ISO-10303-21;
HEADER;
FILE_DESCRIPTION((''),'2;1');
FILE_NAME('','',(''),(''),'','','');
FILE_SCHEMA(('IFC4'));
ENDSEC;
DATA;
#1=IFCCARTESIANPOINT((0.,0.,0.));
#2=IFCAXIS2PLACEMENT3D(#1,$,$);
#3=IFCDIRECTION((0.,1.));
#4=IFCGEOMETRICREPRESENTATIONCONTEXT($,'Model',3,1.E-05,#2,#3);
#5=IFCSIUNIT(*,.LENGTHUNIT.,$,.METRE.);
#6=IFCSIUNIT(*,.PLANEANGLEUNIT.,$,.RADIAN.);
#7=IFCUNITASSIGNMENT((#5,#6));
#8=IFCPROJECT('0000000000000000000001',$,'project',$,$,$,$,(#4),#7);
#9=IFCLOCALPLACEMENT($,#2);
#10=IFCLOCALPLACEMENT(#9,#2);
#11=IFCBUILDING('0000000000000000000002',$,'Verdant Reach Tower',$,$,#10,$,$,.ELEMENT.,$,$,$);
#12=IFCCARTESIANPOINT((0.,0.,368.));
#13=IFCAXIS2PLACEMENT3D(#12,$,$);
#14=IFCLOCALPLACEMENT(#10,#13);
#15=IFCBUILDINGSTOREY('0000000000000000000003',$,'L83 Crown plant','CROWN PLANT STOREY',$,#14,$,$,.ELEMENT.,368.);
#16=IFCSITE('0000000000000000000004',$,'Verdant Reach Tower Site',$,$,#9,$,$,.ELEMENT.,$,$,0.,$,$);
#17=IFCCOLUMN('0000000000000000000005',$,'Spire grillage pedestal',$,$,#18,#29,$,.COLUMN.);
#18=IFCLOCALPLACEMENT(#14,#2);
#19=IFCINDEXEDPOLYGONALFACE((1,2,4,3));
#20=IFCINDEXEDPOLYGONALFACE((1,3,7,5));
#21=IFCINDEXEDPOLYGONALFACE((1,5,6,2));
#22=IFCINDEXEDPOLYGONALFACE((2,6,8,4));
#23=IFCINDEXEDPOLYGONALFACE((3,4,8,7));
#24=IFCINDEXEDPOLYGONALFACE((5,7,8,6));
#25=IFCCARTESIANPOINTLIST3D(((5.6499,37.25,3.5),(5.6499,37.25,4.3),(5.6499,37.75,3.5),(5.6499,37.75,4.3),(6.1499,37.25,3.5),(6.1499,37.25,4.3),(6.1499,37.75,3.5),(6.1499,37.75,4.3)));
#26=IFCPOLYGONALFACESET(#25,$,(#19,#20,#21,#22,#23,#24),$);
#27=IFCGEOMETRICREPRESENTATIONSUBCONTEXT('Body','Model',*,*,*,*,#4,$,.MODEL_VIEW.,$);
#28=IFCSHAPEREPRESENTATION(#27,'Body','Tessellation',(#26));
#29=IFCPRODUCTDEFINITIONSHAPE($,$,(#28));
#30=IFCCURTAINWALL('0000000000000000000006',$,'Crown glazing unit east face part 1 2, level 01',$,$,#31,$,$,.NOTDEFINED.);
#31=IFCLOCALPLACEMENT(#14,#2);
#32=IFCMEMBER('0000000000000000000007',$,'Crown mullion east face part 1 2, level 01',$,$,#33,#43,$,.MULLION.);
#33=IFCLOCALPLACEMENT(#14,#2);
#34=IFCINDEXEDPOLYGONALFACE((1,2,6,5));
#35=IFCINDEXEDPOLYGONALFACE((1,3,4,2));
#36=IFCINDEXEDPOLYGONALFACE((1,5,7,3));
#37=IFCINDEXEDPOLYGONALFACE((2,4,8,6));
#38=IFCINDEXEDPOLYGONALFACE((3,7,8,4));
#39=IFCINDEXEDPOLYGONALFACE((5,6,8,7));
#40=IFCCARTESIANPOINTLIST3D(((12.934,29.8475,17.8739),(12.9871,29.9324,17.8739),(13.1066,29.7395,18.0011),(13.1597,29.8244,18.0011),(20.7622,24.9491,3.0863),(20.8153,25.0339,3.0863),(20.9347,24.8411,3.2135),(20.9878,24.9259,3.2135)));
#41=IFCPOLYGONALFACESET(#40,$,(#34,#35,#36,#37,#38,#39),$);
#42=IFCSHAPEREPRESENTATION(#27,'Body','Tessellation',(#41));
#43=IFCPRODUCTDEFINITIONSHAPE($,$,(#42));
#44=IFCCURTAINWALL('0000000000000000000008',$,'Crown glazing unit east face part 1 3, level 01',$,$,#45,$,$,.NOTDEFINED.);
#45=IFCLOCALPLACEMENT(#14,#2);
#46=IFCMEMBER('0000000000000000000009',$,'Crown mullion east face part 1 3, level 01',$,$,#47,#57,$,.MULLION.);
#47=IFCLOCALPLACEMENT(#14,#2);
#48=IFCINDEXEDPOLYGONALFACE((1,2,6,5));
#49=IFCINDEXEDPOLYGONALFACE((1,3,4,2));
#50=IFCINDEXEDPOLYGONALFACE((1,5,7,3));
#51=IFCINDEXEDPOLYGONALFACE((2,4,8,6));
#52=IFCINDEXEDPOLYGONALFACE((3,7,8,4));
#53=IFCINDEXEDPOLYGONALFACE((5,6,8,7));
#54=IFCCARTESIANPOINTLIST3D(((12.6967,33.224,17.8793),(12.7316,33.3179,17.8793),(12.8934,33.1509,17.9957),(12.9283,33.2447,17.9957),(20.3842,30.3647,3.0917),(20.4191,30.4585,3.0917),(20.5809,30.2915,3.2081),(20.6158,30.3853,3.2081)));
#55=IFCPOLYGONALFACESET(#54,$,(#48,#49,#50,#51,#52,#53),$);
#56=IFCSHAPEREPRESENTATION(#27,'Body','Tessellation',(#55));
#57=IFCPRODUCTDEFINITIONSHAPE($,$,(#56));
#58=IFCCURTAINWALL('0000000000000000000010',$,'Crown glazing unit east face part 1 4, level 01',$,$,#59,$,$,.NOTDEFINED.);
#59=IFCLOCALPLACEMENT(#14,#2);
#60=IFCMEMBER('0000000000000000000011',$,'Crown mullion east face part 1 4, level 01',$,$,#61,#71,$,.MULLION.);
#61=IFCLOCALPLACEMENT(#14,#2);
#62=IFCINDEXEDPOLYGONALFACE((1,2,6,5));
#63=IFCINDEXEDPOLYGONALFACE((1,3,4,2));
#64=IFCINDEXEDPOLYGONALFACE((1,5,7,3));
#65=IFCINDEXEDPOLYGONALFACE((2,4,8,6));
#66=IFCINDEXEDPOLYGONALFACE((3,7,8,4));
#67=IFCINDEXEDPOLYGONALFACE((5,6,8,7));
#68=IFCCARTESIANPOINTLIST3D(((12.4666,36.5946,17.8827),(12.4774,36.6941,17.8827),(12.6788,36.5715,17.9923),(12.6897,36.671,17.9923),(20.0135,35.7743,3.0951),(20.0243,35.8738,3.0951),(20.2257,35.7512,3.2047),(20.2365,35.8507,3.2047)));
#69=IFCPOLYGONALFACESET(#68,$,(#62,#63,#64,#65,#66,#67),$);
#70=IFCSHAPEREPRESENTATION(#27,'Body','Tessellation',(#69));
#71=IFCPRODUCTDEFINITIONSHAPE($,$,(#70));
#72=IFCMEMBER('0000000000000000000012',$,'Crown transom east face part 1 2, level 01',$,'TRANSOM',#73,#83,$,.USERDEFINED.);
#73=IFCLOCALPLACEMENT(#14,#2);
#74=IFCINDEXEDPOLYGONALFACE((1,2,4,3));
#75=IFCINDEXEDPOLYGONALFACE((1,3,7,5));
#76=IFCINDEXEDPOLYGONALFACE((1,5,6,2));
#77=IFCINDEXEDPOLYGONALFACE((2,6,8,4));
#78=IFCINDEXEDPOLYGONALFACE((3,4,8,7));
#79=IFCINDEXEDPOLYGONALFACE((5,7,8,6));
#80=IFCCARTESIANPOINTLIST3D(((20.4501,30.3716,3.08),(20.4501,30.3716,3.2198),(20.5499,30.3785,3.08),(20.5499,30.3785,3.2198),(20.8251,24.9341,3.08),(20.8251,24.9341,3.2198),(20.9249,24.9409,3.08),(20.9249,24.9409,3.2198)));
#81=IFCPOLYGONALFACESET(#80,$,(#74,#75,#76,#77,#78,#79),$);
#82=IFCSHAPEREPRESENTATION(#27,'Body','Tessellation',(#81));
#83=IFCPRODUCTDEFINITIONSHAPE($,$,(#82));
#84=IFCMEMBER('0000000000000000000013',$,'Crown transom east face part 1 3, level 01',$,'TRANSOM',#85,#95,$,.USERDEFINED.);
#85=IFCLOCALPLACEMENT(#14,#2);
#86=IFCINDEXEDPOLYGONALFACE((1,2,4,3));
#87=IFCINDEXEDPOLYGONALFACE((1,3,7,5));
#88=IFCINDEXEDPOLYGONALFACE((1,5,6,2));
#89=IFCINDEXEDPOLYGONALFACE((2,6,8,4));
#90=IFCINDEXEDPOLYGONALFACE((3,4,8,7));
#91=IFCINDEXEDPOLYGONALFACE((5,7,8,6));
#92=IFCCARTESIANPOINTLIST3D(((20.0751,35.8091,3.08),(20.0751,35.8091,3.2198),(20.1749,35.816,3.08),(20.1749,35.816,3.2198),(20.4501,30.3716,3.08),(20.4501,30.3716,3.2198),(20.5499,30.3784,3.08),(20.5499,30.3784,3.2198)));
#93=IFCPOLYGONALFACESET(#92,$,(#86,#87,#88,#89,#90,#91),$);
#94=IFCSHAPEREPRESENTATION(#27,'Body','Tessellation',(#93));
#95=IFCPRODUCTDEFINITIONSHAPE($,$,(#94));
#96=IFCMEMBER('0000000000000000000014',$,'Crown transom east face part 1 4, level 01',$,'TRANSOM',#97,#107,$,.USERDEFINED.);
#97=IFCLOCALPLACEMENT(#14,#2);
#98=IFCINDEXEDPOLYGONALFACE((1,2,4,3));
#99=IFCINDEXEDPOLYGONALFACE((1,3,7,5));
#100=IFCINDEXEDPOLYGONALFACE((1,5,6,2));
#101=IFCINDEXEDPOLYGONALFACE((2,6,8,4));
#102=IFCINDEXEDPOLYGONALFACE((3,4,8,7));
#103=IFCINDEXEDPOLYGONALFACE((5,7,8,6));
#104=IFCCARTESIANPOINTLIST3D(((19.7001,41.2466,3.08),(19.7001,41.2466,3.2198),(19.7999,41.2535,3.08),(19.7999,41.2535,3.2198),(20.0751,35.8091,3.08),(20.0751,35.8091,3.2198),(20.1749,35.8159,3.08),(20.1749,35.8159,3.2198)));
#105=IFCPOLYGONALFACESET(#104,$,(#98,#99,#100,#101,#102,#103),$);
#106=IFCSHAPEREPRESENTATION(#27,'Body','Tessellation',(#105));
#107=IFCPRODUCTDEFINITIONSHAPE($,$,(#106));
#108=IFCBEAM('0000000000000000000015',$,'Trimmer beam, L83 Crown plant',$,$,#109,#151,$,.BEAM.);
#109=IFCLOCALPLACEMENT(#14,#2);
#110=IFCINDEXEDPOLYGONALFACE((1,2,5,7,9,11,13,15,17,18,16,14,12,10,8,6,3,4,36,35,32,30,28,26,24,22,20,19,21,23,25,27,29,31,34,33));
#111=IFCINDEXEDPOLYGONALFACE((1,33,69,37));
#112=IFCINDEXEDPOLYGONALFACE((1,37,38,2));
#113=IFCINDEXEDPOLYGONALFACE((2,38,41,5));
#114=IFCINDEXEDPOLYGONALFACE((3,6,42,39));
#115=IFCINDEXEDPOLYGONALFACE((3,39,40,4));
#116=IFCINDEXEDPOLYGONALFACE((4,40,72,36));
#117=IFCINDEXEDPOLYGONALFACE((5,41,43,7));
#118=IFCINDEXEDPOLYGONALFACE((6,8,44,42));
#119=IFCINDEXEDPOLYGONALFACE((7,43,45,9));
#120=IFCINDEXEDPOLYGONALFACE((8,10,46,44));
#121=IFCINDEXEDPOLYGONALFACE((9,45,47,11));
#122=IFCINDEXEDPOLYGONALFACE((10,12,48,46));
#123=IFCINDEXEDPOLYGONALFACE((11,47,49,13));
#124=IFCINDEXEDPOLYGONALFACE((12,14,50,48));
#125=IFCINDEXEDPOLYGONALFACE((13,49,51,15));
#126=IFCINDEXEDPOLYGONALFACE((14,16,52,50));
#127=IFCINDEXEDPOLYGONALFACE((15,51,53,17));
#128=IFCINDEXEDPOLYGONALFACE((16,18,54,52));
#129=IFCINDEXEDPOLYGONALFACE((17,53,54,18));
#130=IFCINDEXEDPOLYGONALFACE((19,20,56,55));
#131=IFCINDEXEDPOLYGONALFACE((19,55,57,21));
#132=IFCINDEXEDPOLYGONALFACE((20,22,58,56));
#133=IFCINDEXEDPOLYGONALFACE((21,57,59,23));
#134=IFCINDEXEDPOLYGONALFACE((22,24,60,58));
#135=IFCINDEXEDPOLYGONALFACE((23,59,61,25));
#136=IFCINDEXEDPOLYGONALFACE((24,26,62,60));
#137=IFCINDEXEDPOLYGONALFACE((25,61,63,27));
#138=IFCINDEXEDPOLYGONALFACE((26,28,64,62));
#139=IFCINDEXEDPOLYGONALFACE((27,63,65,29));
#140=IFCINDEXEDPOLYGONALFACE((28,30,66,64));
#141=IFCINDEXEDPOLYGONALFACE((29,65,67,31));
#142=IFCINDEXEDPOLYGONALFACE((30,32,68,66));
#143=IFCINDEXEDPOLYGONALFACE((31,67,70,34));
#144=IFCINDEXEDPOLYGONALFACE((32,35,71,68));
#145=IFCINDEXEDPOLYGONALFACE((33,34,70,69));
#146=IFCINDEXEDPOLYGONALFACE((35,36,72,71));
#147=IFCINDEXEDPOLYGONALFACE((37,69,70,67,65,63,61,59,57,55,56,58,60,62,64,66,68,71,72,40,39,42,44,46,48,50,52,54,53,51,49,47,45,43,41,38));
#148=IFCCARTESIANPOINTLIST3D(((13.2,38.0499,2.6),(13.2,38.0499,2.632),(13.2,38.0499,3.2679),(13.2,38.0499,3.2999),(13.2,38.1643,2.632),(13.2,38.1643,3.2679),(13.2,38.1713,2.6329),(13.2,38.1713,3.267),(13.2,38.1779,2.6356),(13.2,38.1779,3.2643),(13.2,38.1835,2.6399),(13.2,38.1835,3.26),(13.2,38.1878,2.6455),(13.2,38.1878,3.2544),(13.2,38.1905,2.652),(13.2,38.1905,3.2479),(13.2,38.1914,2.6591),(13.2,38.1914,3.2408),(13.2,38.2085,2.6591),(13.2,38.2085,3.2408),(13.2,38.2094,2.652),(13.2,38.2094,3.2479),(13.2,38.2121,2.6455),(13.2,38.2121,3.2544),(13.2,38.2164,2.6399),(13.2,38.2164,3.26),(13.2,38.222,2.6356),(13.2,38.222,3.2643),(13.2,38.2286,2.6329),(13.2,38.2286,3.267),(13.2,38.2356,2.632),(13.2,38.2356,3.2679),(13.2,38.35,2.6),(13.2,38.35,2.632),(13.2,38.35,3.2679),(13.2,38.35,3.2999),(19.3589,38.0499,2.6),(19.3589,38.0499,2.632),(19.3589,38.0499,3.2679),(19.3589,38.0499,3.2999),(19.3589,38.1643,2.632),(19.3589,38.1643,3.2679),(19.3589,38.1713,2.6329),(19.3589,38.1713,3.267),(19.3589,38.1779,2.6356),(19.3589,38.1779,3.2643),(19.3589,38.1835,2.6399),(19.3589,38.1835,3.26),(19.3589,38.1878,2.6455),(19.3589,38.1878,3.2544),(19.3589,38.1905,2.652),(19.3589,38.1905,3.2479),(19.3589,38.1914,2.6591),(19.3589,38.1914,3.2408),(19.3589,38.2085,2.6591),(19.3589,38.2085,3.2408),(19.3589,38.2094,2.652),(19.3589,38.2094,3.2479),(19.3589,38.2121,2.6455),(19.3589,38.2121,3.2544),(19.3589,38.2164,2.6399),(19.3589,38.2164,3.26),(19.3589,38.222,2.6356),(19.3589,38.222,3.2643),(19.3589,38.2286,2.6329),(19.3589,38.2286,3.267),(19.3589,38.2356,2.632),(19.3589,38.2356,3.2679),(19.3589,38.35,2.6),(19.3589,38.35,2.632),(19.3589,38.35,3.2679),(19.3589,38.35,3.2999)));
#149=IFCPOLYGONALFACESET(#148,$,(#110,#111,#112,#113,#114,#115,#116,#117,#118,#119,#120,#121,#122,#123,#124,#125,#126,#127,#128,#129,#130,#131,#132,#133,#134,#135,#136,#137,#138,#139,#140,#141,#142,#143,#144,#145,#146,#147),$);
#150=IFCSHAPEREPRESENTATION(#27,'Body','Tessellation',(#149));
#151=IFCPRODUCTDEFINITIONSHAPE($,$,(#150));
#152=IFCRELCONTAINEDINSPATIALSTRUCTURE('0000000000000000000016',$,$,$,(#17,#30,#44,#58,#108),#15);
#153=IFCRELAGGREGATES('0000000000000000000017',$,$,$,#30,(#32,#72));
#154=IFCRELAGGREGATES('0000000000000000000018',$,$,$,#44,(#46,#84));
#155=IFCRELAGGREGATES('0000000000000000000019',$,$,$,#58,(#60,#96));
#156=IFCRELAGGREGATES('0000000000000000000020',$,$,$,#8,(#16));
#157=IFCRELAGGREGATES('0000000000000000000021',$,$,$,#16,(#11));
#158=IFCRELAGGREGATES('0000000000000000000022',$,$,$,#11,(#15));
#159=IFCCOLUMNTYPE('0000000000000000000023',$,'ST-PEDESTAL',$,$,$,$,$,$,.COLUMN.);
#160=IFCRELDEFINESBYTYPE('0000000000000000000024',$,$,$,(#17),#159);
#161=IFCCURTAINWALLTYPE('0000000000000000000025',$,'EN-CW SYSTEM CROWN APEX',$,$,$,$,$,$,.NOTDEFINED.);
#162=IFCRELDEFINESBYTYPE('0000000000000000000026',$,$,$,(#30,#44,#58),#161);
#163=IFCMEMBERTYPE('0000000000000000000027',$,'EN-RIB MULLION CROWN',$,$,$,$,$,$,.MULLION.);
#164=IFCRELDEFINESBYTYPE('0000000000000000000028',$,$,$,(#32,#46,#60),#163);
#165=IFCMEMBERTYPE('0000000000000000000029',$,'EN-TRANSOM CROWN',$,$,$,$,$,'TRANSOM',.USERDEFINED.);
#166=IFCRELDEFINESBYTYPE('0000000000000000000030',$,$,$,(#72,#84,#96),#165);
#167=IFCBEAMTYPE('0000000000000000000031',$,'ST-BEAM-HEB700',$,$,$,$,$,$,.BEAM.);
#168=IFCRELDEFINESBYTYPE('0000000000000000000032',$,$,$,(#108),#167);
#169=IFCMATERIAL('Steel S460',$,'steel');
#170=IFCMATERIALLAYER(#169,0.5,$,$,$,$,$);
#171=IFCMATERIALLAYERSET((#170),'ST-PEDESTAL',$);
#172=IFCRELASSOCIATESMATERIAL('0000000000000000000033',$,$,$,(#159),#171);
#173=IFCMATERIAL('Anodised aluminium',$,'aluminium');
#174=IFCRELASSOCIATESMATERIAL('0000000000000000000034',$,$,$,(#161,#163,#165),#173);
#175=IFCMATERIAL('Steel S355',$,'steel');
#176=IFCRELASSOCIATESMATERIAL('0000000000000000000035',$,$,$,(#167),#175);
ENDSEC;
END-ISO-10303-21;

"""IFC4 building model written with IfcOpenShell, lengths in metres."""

from ifc_helpers import new_model, si_unit, direction, frame, origin, origin_2d, place, context, subcontext, project, spatial, rectangle, i_section, extrude, material, layer, layer_set, material_profile, profile_set, type_object, element, aggregate, save


model = new_model("IFC4")

# Units and contexts
model_context = context("Model", 3, precision=1e-05, world=origin(), true_north=direction((0.0, 1.0)))
body_context = subcontext(model_context, "Body", "Model", "MODEL_VIEW")
ifc_project = project(units=[si_unit("LENGTHUNIT", "METRE"), si_unit("PLANEANGLEUNIT", "RADIAN")], contexts=[model_context])

# Site, building, storey
site_placement = place(None, origin())
site = spatial("IfcSite", under=ifc_project, at=site_placement, Name="Verdant Reach Tower Site", CompositionType="ELEMENT", RefElevation=0.0)
building_placement = place(site_placement, origin())
building = spatial("IfcBuilding", under=site, at=building_placement, Name="Verdant Reach Tower", CompositionType="ELEMENT")
storey_placement = place(building_placement, frame((0.0, 0.0, 368.0)))
storey = spatial("IfcBuildingStorey", under=building, at=storey_placement, Name="L83 Crown plant", Description="CROWN PLANT STOREY", CompositionType="ELEMENT", Elevation=368.0)

# Column
ifc_material_1 = material(Name="Steel S460", Category="steel")
ifc_layer_1 = layer(ifc_material_1, 0.5)
ifc_layer_set_1 = layer_set([ifc_layer_1], Name="ST-PEDESTAL")
column_type = type_object("IfcColumnType", Name="ST-PEDESTAL", PredefinedType="COLUMN", material=ifc_layer_set_1)
column_placement = place(storey_placement, frame((5.8999, 37.5, 3.5), z_axis=(0.0, 0.0, 1.0), x_axis=(1.0, 0.0, 0.0)))
element("IfcColumn", 1, at=column_placement, inside=storey, type_object=column_type, Name="Spire grillage pedestal", PredefinedType="COLUMN", context=body_context, shape_type="SweptSolid", body=[
    extrude(rectangle(XDim=0.5, YDim=0.5, at=origin_2d()), origin(), (0.0, 0.0, 1.0), 0.8),
])

# Curtain walls, members
ifc_material_2 = material(Name="Anodised aluminium", Category="aluminium")
curtain_wall_type = type_object("IfcCurtainWallType", Name="EN-CW SYSTEM CROWN APEX", PredefinedType="NOTDEFINED", material=ifc_material_2)
curtain_wall_1_placement = place(storey_placement, origin())
curtain_wall_1 = element("IfcCurtainWall", 2, at=curtain_wall_1_placement, inside=storey, type_object=curtain_wall_type, Name="Crown glazing unit east face part 1 2, level 01", PredefinedType="NOTDEFINED")
ifc_material_profile_1 = material_profile(ifc_material_2, rectangle(XDim=0.1001, YDim=0.24, at=origin_2d()), Name="Mullion 100x240")
ifc_profile_set_1 = profile_set([ifc_material_profile_1], Name="Anodised aluminium")
member_type_1 = type_object("IfcMemberType", Name="EN-RIB MULLION CROWN", PredefinedType="MULLION", material=ifc_profile_set_1)
member_1_placement = place(storey_placement, frame((20.875, 24.9375, 3.1499), z_axis=(-0.449013, 0.280969, 0.8482), x_axis=(-0.530455, -0.847713, 0.0)))
member_1 = element("IfcMember", 3, at=member_1_placement, type_object=member_type_1, Name="Crown mullion east face part 1 2, level 01", PredefinedType="MULLION", context=body_context, shape_type="SweptSolid", body=[
    extrude(rectangle(XDim=0.1001, YDim=0.24, at=origin_2d()), origin(), (0.0, 0.0, 1.0), 17.4341),
])
curtain_wall_2_placement = place(storey_placement, origin())
curtain_wall_2 = element("IfcCurtainWall", 4, at=curtain_wall_2_placement, inside=storey, type_object=curtain_wall_type, Name="Crown glazing unit east face part 1 3, level 01", PredefinedType="NOTDEFINED")
member_2_placement = place(storey_placement, frame((20.5, 30.375, 3.1499), z_axis=(-0.454614, 0.169094, 0.87449), x_axis=(-0.348617, -0.937265, 0.0)))
member_2 = element("IfcMember", 5, at=member_2_placement, type_object=member_type_1, Name="Crown mullion east face part 1 3, level 01", PredefinedType="MULLION", context=body_context, shape_type="SweptSolid", body=[
    extrude(rectangle(XDim=0.1001, YDim=0.24, at=origin_2d()), origin(), (0.0, 0.0, 1.0), 16.9099),
])
curtain_wall_3_placement = place(storey_placement, origin())
curtain_wall_3 = element("IfcCurtainWall", 6, at=curtain_wall_3_placement, inside=storey, type_object=curtain_wall_type, Name="Crown glazing unit east face part 1 4, level 01", PredefinedType="NOTDEFINED")
member_3_placement = place(storey_placement, frame((20.125, 35.8125, 3.1499), z_axis=(-0.454021, 0.04935, 0.889623), x_axis=(-0.108059, -0.994144, 0.0)))
member_3 = element("IfcMember", 7, at=member_3_placement, type_object=member_type_1, Name="Crown mullion east face part 1 4, level 01", PredefinedType="MULLION", context=body_context, shape_type="SweptSolid", body=[
    extrude(rectangle(XDim=0.1001, YDim=0.24, at=origin_2d()), origin(), (0.0, 0.0, 1.0), 16.6223),
])

# Members
ifc_material_profile_2 = material_profile(ifc_material_2, rectangle(XDim=0.1001, YDim=0.1399, at=origin_2d()), Name="Transom 140x100")
ifc_profile_set_2 = profile_set([ifc_material_profile_2], Name="Anodised aluminium")
member_type_2 = type_object("IfcMemberType", Name="EN-TRANSOM CROWN", ElementType="TRANSOM", PredefinedType="USERDEFINED", material=ifc_profile_set_2)
member_4_placement = place(storey_placement, frame((20.875, 24.9375, 3.1499), z_axis=(-0.068802, 0.99763, 0.0), x_axis=(-0.99763, -0.068802, 0.0)))
member_4 = element("IfcMember", 8, at=member_4_placement, type_object=member_type_2, Name="Crown transom east face part 1 2, level 01", ObjectType="TRANSOM", PredefinedType="USERDEFINED", context=body_context, shape_type="SweptSolid", body=[
    extrude(rectangle(XDim=0.1001, YDim=0.1399, at=origin_2d()), origin(), (0.0, 0.0, 1.0), 5.4504),
])
member_5_placement = place(storey_placement, frame((20.5, 30.375, 3.1499), z_axis=(-0.068802, 0.99763, 0.0), x_axis=(-0.99763, -0.068802, 0.0)))
member_5 = element("IfcMember", 9, at=member_5_placement, type_object=member_type_2, Name="Crown transom east face part 1 3, level 01", ObjectType="TRANSOM", PredefinedType="USERDEFINED", context=body_context, shape_type="SweptSolid", body=[
    extrude(rectangle(XDim=0.1001, YDim=0.1399, at=origin_2d()), origin(), (0.0, 0.0, 1.0), 5.4504),
])
member_6_placement = place(storey_placement, frame((20.125, 35.8125, 3.1499), z_axis=(-0.068802, 0.99763, 0.0), x_axis=(-0.99763, -0.068802, 0.0)))
member_6 = element("IfcMember", 10, at=member_6_placement, type_object=member_type_2, Name="Crown transom east face part 1 4, level 01", ObjectType="TRANSOM", PredefinedType="USERDEFINED", context=body_context, shape_type="SweptSolid", body=[
    extrude(rectangle(XDim=0.1001, YDim=0.1399, at=origin_2d()), origin(), (0.0, 0.0, 1.0), 5.4504),
])

# Beam
ifc_material_3 = material(Name="Steel S355", Category="steel")
ifc_material_profile_3 = material_profile(ifc_material_3, i_section(OverallWidth=0.3, OverallDepth=0.7, WebThickness=0.0171, FlangeThickness=0.032, FilletRadius=0.0271, at=origin_2d()), Name="HEB 700")
ifc_profile_set_3 = profile_set([ifc_material_profile_3], Name="Steel S355")
beam_type_1 = type_object("IfcBeamType", Name="ST-BEAM-HEB700", PredefinedType="BEAM", material=ifc_profile_set_3)
beam_1_placement = place(storey_placement, frame((13.2, 38.2, 2.95), z_axis=(1.0, 0.0, 0.0), x_axis=(0.0, 1.0, 0.0)))
element("IfcBeam", 11, at=beam_1_placement, inside=storey, type_object=beam_type_1, Name="Trimmer beam, L83 Crown plant", PredefinedType="BEAM", context=body_context, shape_type="SweptSolid", body=[
    extrude(i_section(OverallWidth=0.3, OverallDepth=0.7, WebThickness=0.0171, FlangeThickness=0.032, FilletRadius=0.0271, at=origin_2d()), origin(), (0.0, 0.0, 1.0), 6.1589),
])

aggregate(curtain_wall_1, [member_1, member_4])
aggregate(curtain_wall_2, [member_2, member_5])
aggregate(curtain_wall_3, [member_3, member_6])

save(model, "model.ifc")
